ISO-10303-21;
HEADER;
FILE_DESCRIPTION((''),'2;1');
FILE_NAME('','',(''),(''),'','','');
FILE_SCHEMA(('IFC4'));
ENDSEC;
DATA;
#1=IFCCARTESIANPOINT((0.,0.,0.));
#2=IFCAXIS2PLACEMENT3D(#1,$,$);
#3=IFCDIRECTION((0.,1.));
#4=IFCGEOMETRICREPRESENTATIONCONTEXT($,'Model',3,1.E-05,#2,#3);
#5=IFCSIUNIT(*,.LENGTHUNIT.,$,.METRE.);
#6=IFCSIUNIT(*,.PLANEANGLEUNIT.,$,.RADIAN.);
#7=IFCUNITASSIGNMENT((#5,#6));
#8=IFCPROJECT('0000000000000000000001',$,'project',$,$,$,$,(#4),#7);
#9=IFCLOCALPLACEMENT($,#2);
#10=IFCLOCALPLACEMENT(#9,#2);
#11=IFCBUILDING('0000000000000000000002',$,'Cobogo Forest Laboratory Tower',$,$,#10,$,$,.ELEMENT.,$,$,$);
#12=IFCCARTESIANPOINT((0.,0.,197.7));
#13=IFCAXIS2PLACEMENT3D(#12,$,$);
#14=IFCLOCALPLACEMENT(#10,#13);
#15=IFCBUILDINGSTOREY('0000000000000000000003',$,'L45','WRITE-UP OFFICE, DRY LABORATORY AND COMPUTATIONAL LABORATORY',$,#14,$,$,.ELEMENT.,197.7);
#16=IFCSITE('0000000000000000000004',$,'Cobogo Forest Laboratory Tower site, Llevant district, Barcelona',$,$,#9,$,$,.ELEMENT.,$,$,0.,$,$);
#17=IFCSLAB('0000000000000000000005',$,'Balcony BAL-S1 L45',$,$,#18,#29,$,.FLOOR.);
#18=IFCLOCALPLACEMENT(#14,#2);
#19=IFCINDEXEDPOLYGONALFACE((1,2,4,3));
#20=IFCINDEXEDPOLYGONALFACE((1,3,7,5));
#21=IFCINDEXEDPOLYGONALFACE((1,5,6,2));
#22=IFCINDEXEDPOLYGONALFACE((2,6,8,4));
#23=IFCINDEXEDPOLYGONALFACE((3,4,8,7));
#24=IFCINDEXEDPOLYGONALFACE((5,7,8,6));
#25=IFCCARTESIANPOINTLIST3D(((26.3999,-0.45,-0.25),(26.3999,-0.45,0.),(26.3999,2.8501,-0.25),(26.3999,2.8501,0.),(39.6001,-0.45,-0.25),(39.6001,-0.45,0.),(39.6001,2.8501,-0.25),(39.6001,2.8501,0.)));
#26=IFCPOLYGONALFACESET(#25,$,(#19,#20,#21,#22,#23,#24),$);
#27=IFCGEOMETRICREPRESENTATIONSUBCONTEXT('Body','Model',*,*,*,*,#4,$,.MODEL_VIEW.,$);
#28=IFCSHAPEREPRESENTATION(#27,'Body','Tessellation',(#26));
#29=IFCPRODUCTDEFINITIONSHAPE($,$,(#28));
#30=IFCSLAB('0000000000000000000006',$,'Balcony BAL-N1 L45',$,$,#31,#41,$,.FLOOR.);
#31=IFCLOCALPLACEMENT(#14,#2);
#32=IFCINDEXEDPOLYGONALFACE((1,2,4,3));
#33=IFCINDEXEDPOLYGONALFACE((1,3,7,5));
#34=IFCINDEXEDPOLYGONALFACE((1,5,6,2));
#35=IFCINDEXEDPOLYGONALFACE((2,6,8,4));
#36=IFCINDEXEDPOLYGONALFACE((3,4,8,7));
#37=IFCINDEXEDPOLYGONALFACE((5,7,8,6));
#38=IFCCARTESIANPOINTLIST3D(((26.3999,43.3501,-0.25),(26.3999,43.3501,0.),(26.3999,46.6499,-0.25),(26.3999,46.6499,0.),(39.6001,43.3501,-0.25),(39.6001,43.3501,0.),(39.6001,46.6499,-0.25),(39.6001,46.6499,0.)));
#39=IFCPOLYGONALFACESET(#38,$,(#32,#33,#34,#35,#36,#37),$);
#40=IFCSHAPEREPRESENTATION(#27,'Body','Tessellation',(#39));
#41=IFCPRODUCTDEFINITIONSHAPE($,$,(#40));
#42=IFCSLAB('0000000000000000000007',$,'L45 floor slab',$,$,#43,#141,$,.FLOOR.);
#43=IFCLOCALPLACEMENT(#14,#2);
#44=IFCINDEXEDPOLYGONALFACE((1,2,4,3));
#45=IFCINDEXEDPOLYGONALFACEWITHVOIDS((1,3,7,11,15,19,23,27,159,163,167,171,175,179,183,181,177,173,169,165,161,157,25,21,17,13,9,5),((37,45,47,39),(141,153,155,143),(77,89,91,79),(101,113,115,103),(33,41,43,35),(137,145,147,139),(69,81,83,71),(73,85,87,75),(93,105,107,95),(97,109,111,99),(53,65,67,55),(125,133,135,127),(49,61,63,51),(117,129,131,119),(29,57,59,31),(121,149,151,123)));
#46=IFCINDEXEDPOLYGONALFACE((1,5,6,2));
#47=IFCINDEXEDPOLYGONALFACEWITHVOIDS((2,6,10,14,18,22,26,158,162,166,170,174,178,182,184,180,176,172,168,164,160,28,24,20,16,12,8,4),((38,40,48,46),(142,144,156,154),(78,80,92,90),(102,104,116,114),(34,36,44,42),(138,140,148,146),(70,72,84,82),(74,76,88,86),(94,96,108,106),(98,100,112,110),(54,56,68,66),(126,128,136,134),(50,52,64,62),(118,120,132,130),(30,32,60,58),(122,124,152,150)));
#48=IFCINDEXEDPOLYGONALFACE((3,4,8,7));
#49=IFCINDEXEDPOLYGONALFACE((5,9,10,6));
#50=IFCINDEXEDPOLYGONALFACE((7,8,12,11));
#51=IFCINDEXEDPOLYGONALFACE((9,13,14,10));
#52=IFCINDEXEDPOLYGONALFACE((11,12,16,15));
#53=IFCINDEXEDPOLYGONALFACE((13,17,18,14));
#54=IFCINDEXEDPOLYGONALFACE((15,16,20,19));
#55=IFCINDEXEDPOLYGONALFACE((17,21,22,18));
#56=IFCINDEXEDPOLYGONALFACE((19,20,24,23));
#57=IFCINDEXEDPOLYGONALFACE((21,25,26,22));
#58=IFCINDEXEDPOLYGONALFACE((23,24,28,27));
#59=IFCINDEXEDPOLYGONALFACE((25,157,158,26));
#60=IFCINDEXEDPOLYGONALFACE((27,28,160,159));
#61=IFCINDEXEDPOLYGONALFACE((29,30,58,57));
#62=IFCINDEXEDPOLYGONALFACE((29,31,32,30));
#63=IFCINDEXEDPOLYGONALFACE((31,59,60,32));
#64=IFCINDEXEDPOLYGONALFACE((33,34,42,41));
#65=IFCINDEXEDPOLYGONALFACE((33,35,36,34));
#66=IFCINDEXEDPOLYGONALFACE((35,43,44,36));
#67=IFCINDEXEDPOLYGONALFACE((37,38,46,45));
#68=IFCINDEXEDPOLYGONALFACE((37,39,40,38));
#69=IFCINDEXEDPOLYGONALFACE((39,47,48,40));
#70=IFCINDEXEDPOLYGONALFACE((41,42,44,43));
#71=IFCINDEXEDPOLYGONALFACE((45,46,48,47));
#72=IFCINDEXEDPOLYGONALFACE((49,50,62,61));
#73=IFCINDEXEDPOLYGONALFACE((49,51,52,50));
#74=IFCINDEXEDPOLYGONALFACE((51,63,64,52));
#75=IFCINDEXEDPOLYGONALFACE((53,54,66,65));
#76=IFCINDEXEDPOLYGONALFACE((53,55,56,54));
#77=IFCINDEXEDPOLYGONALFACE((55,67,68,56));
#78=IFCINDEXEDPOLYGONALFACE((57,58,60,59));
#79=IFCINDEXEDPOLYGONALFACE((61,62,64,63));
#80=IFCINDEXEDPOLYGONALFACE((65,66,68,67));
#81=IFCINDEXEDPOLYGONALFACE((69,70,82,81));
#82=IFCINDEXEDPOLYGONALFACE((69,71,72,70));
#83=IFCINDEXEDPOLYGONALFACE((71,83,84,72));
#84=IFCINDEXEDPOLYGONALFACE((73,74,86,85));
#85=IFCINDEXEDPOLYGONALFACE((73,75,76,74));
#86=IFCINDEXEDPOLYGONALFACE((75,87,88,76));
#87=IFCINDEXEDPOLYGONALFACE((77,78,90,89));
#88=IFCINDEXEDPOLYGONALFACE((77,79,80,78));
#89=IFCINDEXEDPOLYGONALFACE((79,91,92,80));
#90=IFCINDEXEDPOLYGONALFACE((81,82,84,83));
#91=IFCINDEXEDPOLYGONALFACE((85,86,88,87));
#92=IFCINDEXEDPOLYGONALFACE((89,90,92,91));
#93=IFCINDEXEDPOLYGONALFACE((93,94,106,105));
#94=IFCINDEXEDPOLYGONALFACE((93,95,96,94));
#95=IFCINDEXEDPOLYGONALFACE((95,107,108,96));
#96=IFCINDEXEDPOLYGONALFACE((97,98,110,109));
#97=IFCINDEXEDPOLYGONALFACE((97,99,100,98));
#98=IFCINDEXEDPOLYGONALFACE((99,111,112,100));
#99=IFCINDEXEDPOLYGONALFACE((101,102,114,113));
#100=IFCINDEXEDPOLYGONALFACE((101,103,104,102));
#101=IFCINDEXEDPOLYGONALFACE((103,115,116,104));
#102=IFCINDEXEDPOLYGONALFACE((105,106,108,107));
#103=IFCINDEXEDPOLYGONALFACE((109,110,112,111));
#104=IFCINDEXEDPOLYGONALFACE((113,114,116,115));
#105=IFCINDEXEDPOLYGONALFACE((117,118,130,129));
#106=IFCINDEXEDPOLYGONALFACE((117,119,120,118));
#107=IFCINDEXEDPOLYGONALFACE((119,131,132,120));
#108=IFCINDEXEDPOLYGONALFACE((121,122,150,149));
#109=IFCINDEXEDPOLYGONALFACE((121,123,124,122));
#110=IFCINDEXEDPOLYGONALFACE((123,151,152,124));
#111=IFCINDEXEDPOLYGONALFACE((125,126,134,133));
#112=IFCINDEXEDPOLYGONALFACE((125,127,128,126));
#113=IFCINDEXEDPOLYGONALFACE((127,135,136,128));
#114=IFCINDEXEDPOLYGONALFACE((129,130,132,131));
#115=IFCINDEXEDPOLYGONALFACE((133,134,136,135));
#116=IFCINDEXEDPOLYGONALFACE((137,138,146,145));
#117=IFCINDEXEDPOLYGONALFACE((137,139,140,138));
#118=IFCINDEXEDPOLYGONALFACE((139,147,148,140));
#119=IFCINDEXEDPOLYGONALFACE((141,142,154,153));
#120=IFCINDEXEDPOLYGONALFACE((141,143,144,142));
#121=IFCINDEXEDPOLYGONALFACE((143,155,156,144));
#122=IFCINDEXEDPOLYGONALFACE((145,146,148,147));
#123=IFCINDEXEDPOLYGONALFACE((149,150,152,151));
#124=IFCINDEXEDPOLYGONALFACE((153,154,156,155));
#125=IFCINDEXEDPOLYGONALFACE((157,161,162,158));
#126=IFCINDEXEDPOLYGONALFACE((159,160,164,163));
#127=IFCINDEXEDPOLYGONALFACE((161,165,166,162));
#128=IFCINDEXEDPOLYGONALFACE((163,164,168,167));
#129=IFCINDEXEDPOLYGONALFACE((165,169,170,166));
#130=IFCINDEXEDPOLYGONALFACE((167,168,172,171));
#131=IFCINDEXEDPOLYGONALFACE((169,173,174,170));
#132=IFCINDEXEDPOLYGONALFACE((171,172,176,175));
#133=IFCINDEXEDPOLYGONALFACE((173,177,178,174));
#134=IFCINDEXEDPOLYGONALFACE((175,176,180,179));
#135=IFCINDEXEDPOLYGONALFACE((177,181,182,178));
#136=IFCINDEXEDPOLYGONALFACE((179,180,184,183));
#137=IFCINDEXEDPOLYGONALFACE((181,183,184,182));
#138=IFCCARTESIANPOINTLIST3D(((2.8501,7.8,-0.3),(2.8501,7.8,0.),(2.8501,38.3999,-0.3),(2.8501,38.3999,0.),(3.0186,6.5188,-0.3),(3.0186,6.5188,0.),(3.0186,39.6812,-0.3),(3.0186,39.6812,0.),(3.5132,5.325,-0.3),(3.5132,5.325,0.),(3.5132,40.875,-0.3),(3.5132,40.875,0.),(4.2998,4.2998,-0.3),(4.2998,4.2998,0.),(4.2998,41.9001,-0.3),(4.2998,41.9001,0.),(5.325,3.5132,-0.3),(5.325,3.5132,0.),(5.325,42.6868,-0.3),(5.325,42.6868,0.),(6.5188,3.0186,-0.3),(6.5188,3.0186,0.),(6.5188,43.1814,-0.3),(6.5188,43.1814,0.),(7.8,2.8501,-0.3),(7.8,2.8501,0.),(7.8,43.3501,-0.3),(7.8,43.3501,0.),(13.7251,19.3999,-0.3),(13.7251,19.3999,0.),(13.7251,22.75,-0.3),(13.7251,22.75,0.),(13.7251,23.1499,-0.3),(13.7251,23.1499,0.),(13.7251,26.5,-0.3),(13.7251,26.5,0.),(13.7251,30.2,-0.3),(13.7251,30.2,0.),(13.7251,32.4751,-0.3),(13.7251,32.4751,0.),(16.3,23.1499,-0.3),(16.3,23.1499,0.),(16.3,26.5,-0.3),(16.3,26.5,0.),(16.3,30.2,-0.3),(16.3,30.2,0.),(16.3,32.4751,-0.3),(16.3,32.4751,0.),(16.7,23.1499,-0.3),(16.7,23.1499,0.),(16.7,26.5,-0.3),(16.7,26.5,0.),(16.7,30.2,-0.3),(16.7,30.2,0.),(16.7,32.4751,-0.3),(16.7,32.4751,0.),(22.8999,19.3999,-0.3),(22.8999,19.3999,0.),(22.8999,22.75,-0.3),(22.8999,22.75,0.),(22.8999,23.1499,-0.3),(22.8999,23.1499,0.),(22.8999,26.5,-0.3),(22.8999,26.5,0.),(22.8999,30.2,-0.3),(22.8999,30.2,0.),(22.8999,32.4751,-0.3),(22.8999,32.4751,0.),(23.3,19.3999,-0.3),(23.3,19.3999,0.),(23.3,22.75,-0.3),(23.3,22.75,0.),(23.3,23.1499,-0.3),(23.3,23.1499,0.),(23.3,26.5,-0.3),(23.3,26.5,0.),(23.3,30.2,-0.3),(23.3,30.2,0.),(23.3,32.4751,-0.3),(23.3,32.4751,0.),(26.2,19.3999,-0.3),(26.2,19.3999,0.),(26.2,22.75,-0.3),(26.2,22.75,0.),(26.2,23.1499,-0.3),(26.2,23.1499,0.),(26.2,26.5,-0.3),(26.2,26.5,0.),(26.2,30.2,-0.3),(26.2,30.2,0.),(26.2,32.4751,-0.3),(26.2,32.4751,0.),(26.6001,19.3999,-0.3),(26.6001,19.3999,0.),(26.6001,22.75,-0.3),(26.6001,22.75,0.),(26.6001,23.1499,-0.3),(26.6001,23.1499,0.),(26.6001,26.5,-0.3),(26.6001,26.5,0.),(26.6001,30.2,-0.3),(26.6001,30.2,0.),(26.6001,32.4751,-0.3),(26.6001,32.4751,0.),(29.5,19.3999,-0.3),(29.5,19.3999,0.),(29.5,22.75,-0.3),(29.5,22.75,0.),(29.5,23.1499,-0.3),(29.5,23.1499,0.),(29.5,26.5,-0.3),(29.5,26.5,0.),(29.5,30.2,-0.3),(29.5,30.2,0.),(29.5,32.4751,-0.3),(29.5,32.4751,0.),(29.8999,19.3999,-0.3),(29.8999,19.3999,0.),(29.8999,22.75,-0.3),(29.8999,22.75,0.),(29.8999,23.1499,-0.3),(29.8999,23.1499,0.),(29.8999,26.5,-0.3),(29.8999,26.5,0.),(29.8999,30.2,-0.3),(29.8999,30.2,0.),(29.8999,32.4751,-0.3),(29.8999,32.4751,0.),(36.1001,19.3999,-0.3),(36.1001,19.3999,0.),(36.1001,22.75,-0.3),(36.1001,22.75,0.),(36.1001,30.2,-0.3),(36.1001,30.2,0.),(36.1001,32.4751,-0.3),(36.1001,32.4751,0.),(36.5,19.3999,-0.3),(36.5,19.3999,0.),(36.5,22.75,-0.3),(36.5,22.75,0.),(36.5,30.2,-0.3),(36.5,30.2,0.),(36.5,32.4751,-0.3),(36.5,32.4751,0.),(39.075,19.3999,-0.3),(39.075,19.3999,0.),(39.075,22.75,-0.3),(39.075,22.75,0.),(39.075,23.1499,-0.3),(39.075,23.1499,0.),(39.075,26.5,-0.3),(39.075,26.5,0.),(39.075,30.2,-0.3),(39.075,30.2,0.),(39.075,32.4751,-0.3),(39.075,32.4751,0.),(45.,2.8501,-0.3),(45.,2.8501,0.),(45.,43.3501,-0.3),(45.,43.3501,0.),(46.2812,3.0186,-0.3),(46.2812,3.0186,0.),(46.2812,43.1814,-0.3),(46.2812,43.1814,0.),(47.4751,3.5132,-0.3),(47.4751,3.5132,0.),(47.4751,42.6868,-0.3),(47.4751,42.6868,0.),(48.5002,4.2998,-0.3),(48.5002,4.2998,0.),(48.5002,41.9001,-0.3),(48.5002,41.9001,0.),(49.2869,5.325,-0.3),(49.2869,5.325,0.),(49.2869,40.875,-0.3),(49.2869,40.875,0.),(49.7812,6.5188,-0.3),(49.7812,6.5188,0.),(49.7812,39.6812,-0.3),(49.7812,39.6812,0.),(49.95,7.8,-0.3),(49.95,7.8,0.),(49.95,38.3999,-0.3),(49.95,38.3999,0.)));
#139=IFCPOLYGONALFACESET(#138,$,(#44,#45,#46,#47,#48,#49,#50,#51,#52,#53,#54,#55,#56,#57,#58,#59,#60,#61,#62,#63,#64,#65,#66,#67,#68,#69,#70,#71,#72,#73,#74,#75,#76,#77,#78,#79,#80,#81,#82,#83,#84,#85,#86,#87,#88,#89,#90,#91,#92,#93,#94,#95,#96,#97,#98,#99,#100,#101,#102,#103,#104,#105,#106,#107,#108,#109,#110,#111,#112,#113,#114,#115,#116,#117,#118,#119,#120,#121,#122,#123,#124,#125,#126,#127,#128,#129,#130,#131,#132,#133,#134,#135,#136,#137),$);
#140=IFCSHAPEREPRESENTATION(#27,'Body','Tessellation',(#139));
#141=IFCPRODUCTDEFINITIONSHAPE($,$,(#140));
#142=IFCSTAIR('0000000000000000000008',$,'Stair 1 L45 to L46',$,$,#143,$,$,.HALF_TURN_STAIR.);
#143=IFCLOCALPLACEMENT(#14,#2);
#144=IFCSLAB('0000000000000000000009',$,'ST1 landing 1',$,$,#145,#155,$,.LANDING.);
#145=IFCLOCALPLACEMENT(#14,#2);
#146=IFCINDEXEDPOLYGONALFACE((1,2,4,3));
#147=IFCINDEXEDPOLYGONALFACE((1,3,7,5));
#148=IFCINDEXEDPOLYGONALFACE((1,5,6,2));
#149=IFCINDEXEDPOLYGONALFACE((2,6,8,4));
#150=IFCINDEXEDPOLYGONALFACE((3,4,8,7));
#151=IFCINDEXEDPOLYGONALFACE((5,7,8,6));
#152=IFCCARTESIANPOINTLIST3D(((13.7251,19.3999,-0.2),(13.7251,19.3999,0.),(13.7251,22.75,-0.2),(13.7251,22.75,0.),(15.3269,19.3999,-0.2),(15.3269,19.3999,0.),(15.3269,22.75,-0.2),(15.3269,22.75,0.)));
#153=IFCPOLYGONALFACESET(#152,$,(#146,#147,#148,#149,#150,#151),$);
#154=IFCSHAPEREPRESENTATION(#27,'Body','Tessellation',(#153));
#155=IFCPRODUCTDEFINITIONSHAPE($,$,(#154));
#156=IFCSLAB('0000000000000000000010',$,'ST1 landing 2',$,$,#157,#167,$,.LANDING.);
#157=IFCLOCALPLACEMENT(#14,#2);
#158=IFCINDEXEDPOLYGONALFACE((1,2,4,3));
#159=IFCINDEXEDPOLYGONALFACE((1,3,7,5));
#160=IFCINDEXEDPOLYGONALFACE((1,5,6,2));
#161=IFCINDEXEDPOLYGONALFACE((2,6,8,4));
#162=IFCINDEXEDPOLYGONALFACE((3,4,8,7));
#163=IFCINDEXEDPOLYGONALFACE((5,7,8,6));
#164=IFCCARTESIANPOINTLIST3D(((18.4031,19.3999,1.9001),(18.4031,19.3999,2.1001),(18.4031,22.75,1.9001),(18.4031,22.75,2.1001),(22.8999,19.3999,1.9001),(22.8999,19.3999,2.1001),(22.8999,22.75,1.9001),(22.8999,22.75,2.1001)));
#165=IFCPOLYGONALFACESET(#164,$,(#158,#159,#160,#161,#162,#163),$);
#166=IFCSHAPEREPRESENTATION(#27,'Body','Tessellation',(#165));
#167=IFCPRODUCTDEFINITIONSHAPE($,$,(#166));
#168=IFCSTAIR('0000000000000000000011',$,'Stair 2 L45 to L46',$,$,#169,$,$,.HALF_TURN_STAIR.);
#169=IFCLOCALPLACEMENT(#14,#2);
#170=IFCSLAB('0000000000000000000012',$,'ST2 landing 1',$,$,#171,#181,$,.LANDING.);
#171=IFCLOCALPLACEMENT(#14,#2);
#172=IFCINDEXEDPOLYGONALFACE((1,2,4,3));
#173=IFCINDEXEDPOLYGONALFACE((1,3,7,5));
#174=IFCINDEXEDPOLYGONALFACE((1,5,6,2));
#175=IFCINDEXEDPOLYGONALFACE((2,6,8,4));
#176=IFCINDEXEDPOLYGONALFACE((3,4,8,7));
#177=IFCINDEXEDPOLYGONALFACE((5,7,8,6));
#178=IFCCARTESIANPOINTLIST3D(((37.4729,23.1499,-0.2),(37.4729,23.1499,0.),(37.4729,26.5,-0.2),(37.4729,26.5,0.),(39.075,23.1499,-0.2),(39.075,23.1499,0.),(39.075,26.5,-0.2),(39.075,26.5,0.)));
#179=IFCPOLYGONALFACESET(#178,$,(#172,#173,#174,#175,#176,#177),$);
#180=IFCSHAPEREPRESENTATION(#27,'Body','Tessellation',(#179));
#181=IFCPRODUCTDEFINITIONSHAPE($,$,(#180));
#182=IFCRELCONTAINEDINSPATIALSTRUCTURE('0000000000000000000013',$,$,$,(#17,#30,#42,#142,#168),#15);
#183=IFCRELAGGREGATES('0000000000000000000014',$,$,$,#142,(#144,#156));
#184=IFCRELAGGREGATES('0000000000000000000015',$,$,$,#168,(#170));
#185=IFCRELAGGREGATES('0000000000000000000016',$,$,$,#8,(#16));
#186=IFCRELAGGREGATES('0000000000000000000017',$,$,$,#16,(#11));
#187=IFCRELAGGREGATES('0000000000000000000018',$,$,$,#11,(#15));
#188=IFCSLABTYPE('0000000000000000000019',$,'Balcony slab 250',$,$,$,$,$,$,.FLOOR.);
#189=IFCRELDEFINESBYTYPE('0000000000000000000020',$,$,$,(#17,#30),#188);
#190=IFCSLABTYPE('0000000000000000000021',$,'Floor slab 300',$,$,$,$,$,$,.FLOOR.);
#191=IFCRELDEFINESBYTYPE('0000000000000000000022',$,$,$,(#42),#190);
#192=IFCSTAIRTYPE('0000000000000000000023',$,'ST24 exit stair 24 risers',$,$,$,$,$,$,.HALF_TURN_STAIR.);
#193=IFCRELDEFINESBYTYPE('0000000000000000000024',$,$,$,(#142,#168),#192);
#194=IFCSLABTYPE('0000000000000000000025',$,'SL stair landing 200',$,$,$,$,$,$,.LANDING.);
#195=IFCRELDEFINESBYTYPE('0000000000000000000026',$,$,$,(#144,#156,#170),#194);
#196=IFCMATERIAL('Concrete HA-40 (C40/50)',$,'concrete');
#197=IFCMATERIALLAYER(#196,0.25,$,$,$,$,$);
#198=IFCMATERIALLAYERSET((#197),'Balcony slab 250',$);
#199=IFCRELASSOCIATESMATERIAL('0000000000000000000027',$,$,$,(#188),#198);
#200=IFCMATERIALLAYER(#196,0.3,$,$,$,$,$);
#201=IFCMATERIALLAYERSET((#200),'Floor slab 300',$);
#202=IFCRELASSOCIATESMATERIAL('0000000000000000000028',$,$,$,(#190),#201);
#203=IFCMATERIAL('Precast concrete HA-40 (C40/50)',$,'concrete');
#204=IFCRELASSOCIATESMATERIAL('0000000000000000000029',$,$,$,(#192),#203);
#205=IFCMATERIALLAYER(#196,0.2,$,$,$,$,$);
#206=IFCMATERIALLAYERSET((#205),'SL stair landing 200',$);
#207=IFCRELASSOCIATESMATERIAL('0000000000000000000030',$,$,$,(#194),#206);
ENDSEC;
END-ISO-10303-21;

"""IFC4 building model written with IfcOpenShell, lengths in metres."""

from ifc_helpers import new_model, si_unit, direction, frame, origin, place, context, subcontext, project, spatial, polyline, outline, extrude, material, layer, layer_set, type_object, element, aggregate, save


model = new_model("IFC4")

# Units and contexts
model_context = context("Model", 3, precision=1e-05, world=origin(), true_north=direction((0.0, 1.0)))
body_context = subcontext(model_context, "Body", "Model", "MODEL_VIEW")
ifc_project = project(units=[si_unit("LENGTHUNIT", "METRE"), si_unit("PLANEANGLEUNIT", "RADIAN")], contexts=[model_context])

# Site, building, storey
site_placement = place(None, origin())
site = spatial("IfcSite", under=ifc_project, at=site_placement, Name="Cobogo Forest Laboratory Tower site, Llevant district, Barcelona", CompositionType="ELEMENT", RefElevation=0.0)
building_placement = place(site_placement, origin())
building = spatial("IfcBuilding", under=site, at=building_placement, Name="Cobogo Forest Laboratory Tower", CompositionType="ELEMENT")
storey_placement = place(building_placement, frame((0.0, 0.0, 197.7)))
storey = spatial("IfcBuildingStorey", under=building, at=storey_placement, Name="L45", Description="WRITE-UP OFFICE, DRY LABORATORY AND COMPUTATIONAL LABORATORY", CompositionType="ELEMENT", Elevation=197.7)

# Slabs
ifc_material_1 = material(Name="Concrete HA-40 (C40/50)", Category="concrete")
ifc_layer_1 = layer(ifc_material_1, 0.25)
ifc_layer_set_1 = layer_set([ifc_layer_1], Name="Balcony slab 250")
slab_type_1 = type_object("IfcSlabType", Name="Balcony slab 250", PredefinedType="FLOOR", material=ifc_layer_set_1)
slab_1_placement = place(storey_placement, frame((0.0, 0.0, -0.25)))
element("IfcSlab", 1, at=slab_1_placement, inside=storey, type_object=slab_type_1, Name="Balcony BAL-S1 L45", PredefinedType="FLOOR", context=body_context, shape_type="SweptSolid", body=[
    extrude(outline(polyline([(26.3999, -0.45), (39.6001, -0.45), (39.6001, 2.8501), (26.3999, 2.8501), (26.3999, -0.45)])), origin(), (0.0, 0.0, 1.0), 0.25),
])
slab_2_placement = place(storey_placement, frame((0.0, 0.0, -0.25)))
element("IfcSlab", 2, at=slab_2_placement, inside=storey, type_object=slab_type_1, Name="Balcony BAL-N1 L45", PredefinedType="FLOOR", context=body_context, shape_type="SweptSolid", body=[
    extrude(outline(polyline([(26.3999, 43.3501), (39.6001, 43.3501), (39.6001, 46.6499), (26.3999, 46.6499), (26.3999, 43.3501)])), origin(), (0.0, 0.0, 1.0), 0.25),
])
ifc_layer_2 = layer(ifc_material_1, 0.3)
ifc_layer_set_2 = layer_set([ifc_layer_2], Name="Floor slab 300")
slab_type_2 = type_object("IfcSlabType", Name="Floor slab 300", PredefinedType="FLOOR", material=ifc_layer_set_2)
slab_3_placement = place(storey_placement, frame((0.0, 0.0, -0.3)))
element("IfcSlab", 3, at=slab_3_placement, inside=storey, type_object=slab_type_2, Name="L45 floor slab", PredefinedType="FLOOR", context=body_context, shape_type="SweptSolid", body=[
    extrude(outline(polyline([(45.0, 2.8501), (46.2812, 3.0186), (47.4751, 3.5132), (48.5002, 4.2998), (49.2869, 5.325), (49.7812, 6.5188), (49.95, 7.8), (49.95, 38.3999), (49.7812, 39.6812), (49.2869, 40.875), (48.5002, 41.9001), (47.4751, 42.6868), (46.2812, 43.1814), (45.0, 43.3501), (7.8, 43.3501), (6.5188, 43.1814), (5.325, 42.6868), (4.2998, 41.9001), (3.5132, 40.875), (3.0186, 39.6812), (2.8501, 38.3999), (2.8501, 7.8), (3.0186, 6.5188), (3.5132, 5.325), (4.2998, 4.2998), (5.325, 3.5132), (6.5188, 3.0186), (7.8, 2.8501), (45.0, 2.8501)]), holes=[polyline([(22.8999, 19.3999), (13.7251, 19.3999), (13.7251, 22.75), (22.8999, 22.75), (22.8999, 19.3999)]), polyline([(26.2, 19.3999), (23.3, 19.3999), (23.3, 22.75), (26.2, 22.75), (26.2, 19.3999)]), polyline([(29.5, 19.3999), (26.6001, 19.3999), (26.6001, 22.75), (29.5, 22.75), (29.5, 19.3999)]), polyline([(36.1001, 22.75), (36.1001, 19.3999), (29.8999, 19.3999), (29.8999, 22.75), (36.1001, 22.75)]), polyline([(36.5, 19.3999), (36.5, 22.75), (39.075, 22.75), (39.075, 19.3999), (36.5, 19.3999)]), polyline([(16.3, 23.1499), (13.7251, 23.1499), (13.7251, 26.5), (16.3, 26.5), (16.3, 23.1499)]), polyline([(22.8999, 26.5), (22.8999, 23.1499), (16.7, 23.1499), (16.7, 26.5), (22.8999, 26.5)]), polyline([(26.2, 23.1499), (23.3, 23.1499), (23.3, 26.5), (26.2, 26.5), (26.2, 23.1499)]), polyline([(26.6001, 23.1499), (26.6001, 26.5), (29.5, 26.5), (29.5, 23.1499), (26.6001, 23.1499)]), polyline([(39.075, 23.1499), (29.8999, 23.1499), (29.8999, 26.5), (39.075, 26.5), (39.075, 23.1499)]), polyline([(16.3, 30.2), (13.7251, 30.2), (13.7251, 32.4751), (16.3, 32.4751), (16.3, 30.2)]), polyline([(22.8999, 32.4751), (22.8999, 30.2), (16.7, 30.2), (16.7, 32.4751), (22.8999, 32.4751)]), polyline([(23.3, 30.2), (23.3, 32.4751), (26.2, 32.4751), (26.2, 30.2), (23.3, 30.2)]), polyline([(29.5, 30.2), (26.6001, 30.2), (26.6001, 32.4751), (29.5, 32.4751), (29.5, 30.2)]), polyline([(36.1001, 32.4751), (36.1001, 30.2), (29.8999, 30.2), (29.8999, 32.4751), (36.1001, 32.4751)]), polyline([(36.5, 30.2), (36.5, 32.4751), (39.075, 32.4751), (39.075, 30.2), (36.5, 30.2)])]), origin(), (0.0, 0.0, 1.0), 0.3),
])

# Stairs, slabs
ifc_material_2 = material(Name="Precast concrete HA-40 (C40/50)", Category="concrete")
stair_type = type_object("IfcStairType", Name="ST24 exit stair 24 risers", PredefinedType="HALF_TURN_STAIR", material=ifc_material_2)
stair_1_placement = place(storey_placement, origin())
stair_1 = element("IfcStair", 4, at=stair_1_placement, inside=storey, type_object=stair_type, Name="Stair 1 L45 to L46", PredefinedType="HALF_TURN_STAIR")
ifc_layer_3 = layer(ifc_material_1, 0.2)
ifc_layer_set_3 = layer_set([ifc_layer_3], Name="SL stair landing 200")
slab_type_3 = type_object("IfcSlabType", Name="SL stair landing 200", PredefinedType="LANDING", material=ifc_layer_set_3)
slab_4_placement = place(storey_placement, frame((0.0, 0.0, -0.2)))
slab_4 = element("IfcSlab", 5, at=slab_4_placement, type_object=slab_type_3, Name="ST1 landing 1", PredefinedType="LANDING", context=body_context, shape_type="SweptSolid", body=[
    extrude(outline(polyline([(13.7251, 19.3999), (15.3269, 19.3999), (15.3269, 22.75), (13.7251, 22.75), (13.7251, 19.3999)])), origin(), (0.0, 0.0, 1.0), 0.2),
])
slab_5_placement = place(storey_placement, frame((0.0, 0.0, 1.9001)))
slab_5 = element("IfcSlab", 6, at=slab_5_placement, type_object=slab_type_3, Name="ST1 landing 2", PredefinedType="LANDING", context=body_context, shape_type="SweptSolid", body=[
    extrude(outline(polyline([(18.4031, 19.3999), (22.8999, 19.3999), (22.8999, 22.75), (18.4031, 22.75), (18.4031, 19.3999)])), origin(), (0.0, 0.0, 1.0), 0.2),
])
aggregate(stair_1, [slab_4, slab_5])
stair_2_placement = place(storey_placement, origin())
stair_2 = element("IfcStair", 7, at=stair_2_placement, inside=storey, type_object=stair_type, Name="Stair 2 L45 to L46", PredefinedType="HALF_TURN_STAIR")
slab_6_placement = place(storey_placement, frame((0.0, 0.0, -0.2)))
slab_6 = element("IfcSlab", 8, at=slab_6_placement, type_object=slab_type_3, Name="ST2 landing 1", PredefinedType="LANDING", context=body_context, shape_type="SweptSolid", body=[
    extrude(outline(polyline([(37.4729, 23.1499), (39.075, 23.1499), (39.075, 26.5), (37.4729, 26.5), (37.4729, 23.1499)])), origin(), (0.0, 0.0, 1.0), 0.2),
])
aggregate(stair_2, [slab_6])

save(model, "model.ifc")
